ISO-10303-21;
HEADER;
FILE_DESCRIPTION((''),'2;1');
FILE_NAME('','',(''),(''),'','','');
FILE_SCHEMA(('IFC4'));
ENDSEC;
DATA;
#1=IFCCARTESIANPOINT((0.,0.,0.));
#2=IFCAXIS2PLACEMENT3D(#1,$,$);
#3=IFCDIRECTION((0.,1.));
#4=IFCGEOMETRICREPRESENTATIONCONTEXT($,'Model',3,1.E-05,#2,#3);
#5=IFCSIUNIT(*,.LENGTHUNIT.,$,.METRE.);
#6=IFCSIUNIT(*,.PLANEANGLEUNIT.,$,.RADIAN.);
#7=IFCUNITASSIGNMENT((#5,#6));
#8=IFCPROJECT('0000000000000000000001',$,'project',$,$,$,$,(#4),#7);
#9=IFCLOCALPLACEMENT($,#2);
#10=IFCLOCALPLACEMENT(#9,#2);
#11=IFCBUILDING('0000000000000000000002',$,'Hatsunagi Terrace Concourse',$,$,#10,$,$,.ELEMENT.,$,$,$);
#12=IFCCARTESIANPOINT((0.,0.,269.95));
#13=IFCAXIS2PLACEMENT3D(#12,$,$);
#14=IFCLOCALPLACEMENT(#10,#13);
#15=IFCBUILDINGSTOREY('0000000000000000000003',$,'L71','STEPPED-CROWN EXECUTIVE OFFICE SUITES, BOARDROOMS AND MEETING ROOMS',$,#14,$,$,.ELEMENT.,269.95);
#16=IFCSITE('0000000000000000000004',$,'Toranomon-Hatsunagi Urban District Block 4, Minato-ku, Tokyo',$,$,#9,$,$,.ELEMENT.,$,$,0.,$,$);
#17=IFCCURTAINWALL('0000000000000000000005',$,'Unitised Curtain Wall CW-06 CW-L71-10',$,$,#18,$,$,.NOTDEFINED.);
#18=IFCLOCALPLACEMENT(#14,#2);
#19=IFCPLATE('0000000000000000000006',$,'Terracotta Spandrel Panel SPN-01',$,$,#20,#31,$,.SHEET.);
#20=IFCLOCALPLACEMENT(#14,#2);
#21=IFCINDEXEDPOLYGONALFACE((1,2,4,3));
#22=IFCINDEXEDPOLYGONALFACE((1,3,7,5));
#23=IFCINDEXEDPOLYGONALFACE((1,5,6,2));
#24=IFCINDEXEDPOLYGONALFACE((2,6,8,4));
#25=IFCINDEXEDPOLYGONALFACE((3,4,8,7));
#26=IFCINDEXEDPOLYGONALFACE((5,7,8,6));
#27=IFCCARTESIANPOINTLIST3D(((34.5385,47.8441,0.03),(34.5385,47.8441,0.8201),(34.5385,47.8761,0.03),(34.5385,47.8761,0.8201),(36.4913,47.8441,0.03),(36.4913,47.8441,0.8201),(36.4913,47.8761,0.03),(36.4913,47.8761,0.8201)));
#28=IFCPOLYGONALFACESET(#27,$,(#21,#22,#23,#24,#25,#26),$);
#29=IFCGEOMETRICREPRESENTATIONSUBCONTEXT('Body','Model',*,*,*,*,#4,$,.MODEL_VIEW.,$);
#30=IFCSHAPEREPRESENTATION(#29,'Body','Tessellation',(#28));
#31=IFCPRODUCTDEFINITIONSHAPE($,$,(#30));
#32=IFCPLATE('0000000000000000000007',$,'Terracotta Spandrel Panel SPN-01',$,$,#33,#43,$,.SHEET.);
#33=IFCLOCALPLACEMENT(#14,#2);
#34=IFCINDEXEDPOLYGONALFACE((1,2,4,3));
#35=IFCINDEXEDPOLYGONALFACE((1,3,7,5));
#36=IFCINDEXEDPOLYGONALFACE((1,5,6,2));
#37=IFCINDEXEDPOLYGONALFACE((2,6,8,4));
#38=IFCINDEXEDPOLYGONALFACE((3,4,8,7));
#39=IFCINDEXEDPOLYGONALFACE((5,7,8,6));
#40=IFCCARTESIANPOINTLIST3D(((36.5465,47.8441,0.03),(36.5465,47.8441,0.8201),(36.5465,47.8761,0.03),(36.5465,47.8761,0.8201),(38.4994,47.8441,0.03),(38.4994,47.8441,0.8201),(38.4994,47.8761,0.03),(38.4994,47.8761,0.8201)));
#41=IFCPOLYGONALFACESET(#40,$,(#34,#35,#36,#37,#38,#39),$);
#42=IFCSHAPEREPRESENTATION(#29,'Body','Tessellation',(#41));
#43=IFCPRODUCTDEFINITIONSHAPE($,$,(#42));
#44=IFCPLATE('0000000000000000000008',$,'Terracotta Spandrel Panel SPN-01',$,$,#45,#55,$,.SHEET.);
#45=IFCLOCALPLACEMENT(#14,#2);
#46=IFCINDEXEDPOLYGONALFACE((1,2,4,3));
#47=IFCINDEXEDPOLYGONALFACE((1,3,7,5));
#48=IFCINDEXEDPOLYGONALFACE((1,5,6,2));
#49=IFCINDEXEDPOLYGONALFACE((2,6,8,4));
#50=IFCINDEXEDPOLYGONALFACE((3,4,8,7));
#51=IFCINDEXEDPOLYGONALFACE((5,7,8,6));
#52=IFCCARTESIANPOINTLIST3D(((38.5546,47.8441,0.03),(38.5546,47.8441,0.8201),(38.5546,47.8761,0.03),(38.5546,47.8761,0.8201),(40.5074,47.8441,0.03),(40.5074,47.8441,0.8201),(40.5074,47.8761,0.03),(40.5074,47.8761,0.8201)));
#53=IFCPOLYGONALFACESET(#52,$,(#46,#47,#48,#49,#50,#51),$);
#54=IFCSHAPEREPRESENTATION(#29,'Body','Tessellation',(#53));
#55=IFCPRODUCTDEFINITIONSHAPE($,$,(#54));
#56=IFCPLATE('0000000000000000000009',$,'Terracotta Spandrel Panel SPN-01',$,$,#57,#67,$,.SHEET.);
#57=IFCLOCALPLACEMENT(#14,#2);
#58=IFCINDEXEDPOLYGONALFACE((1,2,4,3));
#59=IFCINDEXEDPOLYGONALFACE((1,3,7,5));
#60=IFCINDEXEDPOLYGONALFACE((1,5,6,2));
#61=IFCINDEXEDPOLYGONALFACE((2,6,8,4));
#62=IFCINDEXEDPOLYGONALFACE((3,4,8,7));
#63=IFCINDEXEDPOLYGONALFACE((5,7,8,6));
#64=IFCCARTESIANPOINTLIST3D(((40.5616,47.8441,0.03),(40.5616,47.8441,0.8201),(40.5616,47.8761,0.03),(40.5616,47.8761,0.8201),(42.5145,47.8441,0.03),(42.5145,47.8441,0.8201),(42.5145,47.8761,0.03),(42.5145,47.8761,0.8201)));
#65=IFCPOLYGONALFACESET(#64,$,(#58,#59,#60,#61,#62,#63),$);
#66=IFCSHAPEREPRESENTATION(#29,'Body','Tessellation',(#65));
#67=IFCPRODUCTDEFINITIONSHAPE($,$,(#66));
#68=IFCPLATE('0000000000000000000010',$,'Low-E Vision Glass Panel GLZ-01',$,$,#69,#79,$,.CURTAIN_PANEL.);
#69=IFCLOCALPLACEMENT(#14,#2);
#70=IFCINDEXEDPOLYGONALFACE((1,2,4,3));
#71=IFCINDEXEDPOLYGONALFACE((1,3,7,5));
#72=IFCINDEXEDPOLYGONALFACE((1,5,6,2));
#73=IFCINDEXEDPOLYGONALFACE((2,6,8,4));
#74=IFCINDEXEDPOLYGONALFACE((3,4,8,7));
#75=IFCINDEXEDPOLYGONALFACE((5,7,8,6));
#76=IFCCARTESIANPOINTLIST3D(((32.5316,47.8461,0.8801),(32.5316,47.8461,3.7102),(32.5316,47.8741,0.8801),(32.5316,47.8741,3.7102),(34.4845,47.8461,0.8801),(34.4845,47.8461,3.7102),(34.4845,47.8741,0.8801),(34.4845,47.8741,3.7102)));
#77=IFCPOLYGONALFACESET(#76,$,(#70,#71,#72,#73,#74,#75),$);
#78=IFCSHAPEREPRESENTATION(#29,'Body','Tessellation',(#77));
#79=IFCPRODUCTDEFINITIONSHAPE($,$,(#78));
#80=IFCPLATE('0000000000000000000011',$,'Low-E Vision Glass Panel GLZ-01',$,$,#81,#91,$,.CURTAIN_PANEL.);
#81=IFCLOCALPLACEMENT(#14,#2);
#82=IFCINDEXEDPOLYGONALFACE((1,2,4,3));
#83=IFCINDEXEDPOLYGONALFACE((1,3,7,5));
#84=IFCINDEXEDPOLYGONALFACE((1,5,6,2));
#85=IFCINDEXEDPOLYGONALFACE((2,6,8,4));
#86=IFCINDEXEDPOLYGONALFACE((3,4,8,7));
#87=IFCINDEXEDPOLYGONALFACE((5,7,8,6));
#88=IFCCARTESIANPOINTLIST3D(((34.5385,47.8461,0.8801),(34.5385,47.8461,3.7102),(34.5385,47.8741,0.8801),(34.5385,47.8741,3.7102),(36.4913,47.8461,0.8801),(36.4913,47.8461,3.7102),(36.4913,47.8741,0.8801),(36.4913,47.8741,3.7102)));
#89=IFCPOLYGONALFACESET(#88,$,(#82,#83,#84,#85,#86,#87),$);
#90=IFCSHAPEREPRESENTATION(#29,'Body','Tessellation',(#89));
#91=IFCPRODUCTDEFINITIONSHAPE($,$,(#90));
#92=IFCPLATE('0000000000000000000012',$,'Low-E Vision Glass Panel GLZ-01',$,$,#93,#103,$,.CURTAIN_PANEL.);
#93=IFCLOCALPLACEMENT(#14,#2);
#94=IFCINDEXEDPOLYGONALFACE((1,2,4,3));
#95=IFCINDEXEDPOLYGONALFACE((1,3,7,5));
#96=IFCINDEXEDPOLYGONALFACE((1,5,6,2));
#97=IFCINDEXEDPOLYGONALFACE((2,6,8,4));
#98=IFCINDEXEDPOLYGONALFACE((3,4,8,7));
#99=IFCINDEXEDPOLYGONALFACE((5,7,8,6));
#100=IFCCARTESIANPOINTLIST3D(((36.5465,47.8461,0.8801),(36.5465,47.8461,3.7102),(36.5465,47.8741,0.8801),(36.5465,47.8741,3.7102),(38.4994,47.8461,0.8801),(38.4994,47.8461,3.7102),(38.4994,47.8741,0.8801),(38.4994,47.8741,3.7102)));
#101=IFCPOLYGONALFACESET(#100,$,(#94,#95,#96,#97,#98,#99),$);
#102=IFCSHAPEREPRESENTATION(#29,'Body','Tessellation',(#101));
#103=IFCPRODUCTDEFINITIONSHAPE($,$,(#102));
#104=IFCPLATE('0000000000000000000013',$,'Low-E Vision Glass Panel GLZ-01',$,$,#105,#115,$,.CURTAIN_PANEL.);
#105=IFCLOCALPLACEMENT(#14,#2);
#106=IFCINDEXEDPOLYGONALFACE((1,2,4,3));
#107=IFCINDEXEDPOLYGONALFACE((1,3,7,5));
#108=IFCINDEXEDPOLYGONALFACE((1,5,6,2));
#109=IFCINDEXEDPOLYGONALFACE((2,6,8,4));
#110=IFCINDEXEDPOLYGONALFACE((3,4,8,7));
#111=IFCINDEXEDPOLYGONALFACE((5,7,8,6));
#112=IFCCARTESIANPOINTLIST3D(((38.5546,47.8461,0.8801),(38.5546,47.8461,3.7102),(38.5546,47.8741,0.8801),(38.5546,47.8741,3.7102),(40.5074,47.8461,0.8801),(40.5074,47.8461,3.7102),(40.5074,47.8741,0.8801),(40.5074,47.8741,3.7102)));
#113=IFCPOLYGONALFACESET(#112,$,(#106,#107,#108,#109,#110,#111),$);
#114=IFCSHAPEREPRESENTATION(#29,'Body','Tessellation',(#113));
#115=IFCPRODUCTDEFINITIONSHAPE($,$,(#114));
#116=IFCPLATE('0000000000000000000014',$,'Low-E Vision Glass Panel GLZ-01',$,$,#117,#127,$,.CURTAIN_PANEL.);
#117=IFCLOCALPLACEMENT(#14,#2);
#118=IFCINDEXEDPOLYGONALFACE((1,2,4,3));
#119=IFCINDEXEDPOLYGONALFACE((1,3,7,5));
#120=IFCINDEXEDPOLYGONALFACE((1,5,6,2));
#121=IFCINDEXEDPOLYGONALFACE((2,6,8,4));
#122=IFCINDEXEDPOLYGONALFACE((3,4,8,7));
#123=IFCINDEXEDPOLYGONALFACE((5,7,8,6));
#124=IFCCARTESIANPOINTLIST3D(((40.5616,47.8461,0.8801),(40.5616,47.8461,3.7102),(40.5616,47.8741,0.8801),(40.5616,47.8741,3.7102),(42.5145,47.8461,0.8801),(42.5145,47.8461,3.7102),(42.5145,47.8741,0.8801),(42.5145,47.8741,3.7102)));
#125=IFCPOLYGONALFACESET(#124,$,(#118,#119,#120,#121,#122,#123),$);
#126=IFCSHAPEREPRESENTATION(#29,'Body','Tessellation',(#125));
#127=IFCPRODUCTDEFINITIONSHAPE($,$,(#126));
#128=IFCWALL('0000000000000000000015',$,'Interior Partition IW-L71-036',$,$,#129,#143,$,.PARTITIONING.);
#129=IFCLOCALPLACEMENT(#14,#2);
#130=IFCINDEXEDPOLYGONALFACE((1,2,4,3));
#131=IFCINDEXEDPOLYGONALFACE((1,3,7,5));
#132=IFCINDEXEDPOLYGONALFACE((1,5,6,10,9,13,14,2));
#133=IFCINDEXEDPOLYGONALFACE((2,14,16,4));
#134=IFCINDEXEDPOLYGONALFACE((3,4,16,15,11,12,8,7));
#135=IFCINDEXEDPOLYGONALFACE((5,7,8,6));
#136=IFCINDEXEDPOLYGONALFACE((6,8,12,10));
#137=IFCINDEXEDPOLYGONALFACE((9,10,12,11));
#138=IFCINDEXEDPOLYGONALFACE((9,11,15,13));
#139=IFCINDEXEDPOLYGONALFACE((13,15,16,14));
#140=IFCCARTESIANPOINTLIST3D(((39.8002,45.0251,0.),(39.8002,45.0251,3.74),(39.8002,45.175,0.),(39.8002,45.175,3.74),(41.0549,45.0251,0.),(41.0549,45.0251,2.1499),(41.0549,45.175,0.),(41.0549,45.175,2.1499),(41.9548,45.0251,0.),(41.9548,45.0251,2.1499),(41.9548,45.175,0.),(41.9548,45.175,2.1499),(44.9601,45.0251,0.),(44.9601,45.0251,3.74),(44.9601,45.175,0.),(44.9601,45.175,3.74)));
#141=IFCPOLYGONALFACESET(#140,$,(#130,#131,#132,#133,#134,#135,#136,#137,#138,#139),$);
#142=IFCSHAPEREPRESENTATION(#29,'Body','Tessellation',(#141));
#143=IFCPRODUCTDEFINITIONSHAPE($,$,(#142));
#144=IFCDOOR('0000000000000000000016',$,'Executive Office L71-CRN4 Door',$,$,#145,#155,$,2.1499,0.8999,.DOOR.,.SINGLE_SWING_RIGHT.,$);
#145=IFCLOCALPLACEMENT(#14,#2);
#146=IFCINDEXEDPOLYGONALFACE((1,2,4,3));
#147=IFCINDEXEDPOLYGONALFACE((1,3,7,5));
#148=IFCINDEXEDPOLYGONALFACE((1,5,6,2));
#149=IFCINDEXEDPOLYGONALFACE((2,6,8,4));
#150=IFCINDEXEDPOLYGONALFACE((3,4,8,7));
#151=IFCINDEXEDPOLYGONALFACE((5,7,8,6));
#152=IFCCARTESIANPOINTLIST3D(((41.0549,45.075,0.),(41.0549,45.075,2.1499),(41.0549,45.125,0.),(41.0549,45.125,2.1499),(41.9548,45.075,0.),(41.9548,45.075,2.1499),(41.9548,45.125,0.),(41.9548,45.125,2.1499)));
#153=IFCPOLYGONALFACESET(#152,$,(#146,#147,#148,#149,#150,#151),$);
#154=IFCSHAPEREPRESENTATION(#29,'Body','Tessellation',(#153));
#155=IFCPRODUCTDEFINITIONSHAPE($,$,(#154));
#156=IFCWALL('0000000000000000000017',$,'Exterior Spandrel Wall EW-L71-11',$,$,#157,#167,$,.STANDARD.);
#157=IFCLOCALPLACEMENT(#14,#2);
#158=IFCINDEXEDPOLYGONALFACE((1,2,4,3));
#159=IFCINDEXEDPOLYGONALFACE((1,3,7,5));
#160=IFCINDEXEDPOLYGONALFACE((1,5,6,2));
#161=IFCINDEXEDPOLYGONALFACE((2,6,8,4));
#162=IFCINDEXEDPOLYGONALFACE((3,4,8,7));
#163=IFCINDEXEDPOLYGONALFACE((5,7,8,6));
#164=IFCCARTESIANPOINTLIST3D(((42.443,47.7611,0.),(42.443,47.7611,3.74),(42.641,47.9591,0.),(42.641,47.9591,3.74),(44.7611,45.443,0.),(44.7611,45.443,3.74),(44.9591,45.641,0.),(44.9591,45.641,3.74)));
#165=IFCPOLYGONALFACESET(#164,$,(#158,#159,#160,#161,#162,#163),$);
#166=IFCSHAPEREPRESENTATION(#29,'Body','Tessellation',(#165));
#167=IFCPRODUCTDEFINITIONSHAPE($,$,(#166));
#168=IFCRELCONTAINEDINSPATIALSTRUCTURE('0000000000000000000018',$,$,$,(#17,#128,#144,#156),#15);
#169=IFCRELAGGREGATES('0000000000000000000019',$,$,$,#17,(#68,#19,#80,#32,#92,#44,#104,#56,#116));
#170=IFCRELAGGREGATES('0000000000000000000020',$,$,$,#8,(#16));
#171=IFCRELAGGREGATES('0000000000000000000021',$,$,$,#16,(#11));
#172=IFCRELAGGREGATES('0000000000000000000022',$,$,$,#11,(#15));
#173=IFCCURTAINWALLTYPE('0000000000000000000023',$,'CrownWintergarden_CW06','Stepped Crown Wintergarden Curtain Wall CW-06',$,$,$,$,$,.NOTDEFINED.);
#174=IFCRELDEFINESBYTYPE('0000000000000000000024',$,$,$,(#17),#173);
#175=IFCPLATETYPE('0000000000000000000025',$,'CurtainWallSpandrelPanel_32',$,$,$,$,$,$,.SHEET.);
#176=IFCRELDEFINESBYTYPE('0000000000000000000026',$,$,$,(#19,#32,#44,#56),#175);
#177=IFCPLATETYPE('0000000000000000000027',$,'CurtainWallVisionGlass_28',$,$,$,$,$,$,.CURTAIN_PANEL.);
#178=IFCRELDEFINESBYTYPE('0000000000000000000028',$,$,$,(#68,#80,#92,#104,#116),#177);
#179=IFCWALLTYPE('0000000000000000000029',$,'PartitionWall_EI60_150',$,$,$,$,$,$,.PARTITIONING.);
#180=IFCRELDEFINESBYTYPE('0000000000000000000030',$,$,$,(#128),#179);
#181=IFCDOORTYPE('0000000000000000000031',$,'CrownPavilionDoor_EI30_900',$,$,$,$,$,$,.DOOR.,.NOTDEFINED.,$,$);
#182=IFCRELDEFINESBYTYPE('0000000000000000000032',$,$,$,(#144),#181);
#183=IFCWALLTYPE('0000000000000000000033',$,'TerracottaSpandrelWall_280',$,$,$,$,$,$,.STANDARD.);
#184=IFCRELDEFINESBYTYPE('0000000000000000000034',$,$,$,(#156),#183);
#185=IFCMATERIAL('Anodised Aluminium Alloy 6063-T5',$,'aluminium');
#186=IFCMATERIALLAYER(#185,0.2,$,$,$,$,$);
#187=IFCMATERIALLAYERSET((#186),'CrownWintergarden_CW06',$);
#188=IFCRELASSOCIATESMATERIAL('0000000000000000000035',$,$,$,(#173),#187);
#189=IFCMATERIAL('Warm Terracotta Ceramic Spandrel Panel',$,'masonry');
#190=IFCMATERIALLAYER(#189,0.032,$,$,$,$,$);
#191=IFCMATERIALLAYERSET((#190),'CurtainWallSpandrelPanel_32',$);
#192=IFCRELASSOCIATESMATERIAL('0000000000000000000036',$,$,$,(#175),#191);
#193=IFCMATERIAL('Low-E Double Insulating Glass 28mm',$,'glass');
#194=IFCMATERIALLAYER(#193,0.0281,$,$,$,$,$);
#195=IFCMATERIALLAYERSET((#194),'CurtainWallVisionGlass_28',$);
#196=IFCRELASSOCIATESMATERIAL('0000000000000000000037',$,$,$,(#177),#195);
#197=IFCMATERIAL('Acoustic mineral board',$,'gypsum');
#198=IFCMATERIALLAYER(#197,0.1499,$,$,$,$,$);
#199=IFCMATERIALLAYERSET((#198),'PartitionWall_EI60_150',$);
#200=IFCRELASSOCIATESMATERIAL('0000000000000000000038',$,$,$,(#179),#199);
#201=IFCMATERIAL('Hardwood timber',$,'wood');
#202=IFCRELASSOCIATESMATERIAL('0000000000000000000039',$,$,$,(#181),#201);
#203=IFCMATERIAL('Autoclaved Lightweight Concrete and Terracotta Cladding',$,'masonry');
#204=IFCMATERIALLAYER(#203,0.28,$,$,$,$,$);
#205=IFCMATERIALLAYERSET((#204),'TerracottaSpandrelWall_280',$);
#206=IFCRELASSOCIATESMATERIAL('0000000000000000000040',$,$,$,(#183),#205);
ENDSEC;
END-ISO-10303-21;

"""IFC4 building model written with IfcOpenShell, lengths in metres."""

from ifc_helpers import new_model, si_unit, direction, frame, frame_2d, origin, origin_2d, place, context, subcontext, project, spatial, rectangle, extrude, material, layer, layer_set, type_object, element, fill, aggregate, save


model = new_model("IFC4")

# Units and contexts
model_context = context("Model", 3, precision=1e-05, world=origin(), true_north=direction((0.0, 1.0)))
body_context = subcontext(model_context, "Body", "Model", "MODEL_VIEW")
ifc_project = project(units=[si_unit("LENGTHUNIT", "METRE"), si_unit("PLANEANGLEUNIT", "RADIAN")], contexts=[model_context])

# Site, building, storey
site_placement = place(None, origin())
site = spatial("IfcSite", under=ifc_project, at=site_placement, Name="Toranomon-Hatsunagi Urban District Block 4, Minato-ku, Tokyo", CompositionType="ELEMENT", RefElevation=0.0)
building_placement = place(site_placement, origin())
building = spatial("IfcBuilding", under=site, at=building_placement, Name="Hatsunagi Terrace Concourse", CompositionType="ELEMENT")
storey_placement = place(building_placement, frame((0.0, 0.0, 269.95)))
storey = spatial("IfcBuildingStorey", under=building, at=storey_placement, Name="L71", Description="STEPPED-CROWN EXECUTIVE OFFICE SUITES, BOARDROOMS AND MEETING ROOMS", CompositionType="ELEMENT", Elevation=269.95)

# Curtain wall
ifc_material_1 = material(Name="Anodised Aluminium Alloy 6063-T5", Category="aluminium")
ifc_layer_1 = layer(ifc_material_1, 0.2)
ifc_layer_set_1 = layer_set([ifc_layer_1], Name="CrownWintergarden_CW06")
curtain_wall_type = type_object("IfcCurtainWallType", Name="CrownWintergarden_CW06", Description="Stepped Crown Wintergarden Curtain Wall CW-06", PredefinedType="NOTDEFINED", material=ifc_layer_set_1)
curtain_wall_placement = place(storey_placement, origin())
curtain_wall = element("IfcCurtainWall", 1, at=curtain_wall_placement, inside=storey, type_object=curtain_wall_type, Name="Unitised Curtain Wall CW-06 CW-L71-10", PredefinedType="NOTDEFINED")

# Plates
ifc_material_2 = material(Name="Warm Terracotta Ceramic Spandrel Panel", Category="masonry")
ifc_layer_2 = layer(ifc_material_2, 0.032)
ifc_layer_set_2 = layer_set([ifc_layer_2], Name="CurtainWallSpandrelPanel_32")
plate_type_1 = type_object("IfcPlateType", Name="CurtainWallSpandrelPanel_32", PredefinedType="SHEET", material=ifc_layer_set_2)
plate_1_placement = place(storey_placement, frame((35.5149, 47.8601, 0.03), z_axis=(0.0, 0.0, 1.0), x_axis=(1.0, 0.0, 0.0)))
plate_1 = element("IfcPlate", 2, at=plate_1_placement, type_object=plate_type_1, Name="Terracotta Spandrel Panel SPN-01", PredefinedType="SHEET", context=body_context, shape_type="SweptSolid", body=[
    extrude(rectangle(XDim=1.9529, YDim=0.032, at=origin_2d()), origin(), (0.0, 0.0, 1.0), 0.79),
])
plate_2_placement = place(storey_placement, frame((37.5229, 47.8601, 0.03), z_axis=(0.0, 0.0, 1.0), x_axis=(1.0, 0.0, 0.0)))
plate_2 = element("IfcPlate", 3, at=plate_2_placement, type_object=plate_type_1, Name="Terracotta Spandrel Panel SPN-01", PredefinedType="SHEET", context=body_context, shape_type="SweptSolid", body=[
    extrude(rectangle(XDim=1.9529, YDim=0.032, at=origin_2d()), origin(), (0.0, 0.0, 1.0), 0.79),
])
plate_3_placement = place(storey_placement, frame((39.531, 47.8601, 0.03), z_axis=(0.0, 0.0, 1.0), x_axis=(1.0, 0.0, 0.0)))
plate_3 = element("IfcPlate", 4, at=plate_3_placement, type_object=plate_type_1, Name="Terracotta Spandrel Panel SPN-01", PredefinedType="SHEET", context=body_context, shape_type="SweptSolid", body=[
    extrude(rectangle(XDim=1.9529, YDim=0.032, at=origin_2d()), origin(), (0.0, 0.0, 1.0), 0.79),
])
plate_4_placement = place(storey_placement, frame((41.5381, 47.8601, 0.03), z_axis=(0.0, 0.0, 1.0), x_axis=(1.0, 0.0, 0.0)))
plate_4 = element("IfcPlate", 5, at=plate_4_placement, type_object=plate_type_1, Name="Terracotta Spandrel Panel SPN-01", PredefinedType="SHEET", context=body_context, shape_type="SweptSolid", body=[
    extrude(rectangle(XDim=1.9529, YDim=0.032, at=origin_2d()), origin(), (0.0, 0.0, 1.0), 0.79),
])
ifc_material_3 = material(Name="Low-E Double Insulating Glass 28mm", Category="glass")
ifc_layer_3 = layer(ifc_material_3, 0.0281)
ifc_layer_set_3 = layer_set([ifc_layer_3], Name="CurtainWallVisionGlass_28")
plate_type_2 = type_object("IfcPlateType", Name="CurtainWallVisionGlass_28", PredefinedType="CURTAIN_PANEL", material=ifc_layer_set_3)
plate_5_placement = place(storey_placement, frame((33.5081, 47.8601, 0.8801), z_axis=(0.0, 0.0, 1.0), x_axis=(1.0, 0.0, 0.0)))
plate_5 = element("IfcPlate", 6, at=plate_5_placement, type_object=plate_type_2, Name="Low-E Vision Glass Panel GLZ-01", PredefinedType="CURTAIN_PANEL", context=body_context, shape_type="SweptSolid", body=[
    extrude(rectangle(XDim=1.9529, YDim=0.0281, at=origin_2d()), origin(), (0.0, 0.0, 1.0), 2.8301),
])
plate_6_placement = place(storey_placement, frame((35.5149, 47.8601, 0.8801), z_axis=(0.0, 0.0, 1.0), x_axis=(1.0, 0.0, 0.0)))
plate_6 = element("IfcPlate", 7, at=plate_6_placement, type_object=plate_type_2, Name="Low-E Vision Glass Panel GLZ-01", PredefinedType="CURTAIN_PANEL", context=body_context, shape_type="SweptSolid", body=[
    extrude(rectangle(XDim=1.9529, YDim=0.0281, at=origin_2d()), origin(), (0.0, 0.0, 1.0), 2.8301),
])
plate_7_placement = place(storey_placement, frame((37.5229, 47.8601, 0.8801), z_axis=(0.0, 0.0, 1.0), x_axis=(1.0, 0.0, 0.0)))
plate_7 = element("IfcPlate", 8, at=plate_7_placement, type_object=plate_type_2, Name="Low-E Vision Glass Panel GLZ-01", PredefinedType="CURTAIN_PANEL", context=body_context, shape_type="SweptSolid", body=[
    extrude(rectangle(XDim=1.9529, YDim=0.0281, at=origin_2d()), origin(), (0.0, 0.0, 1.0), 2.8301),
])
plate_8_placement = place(storey_placement, frame((39.531, 47.8601, 0.8801), z_axis=(0.0, 0.0, 1.0), x_axis=(1.0, 0.0, 0.0)))
plate_8 = element("IfcPlate", 9, at=plate_8_placement, type_object=plate_type_2, Name="Low-E Vision Glass Panel GLZ-01", PredefinedType="CURTAIN_PANEL", context=body_context, shape_type="SweptSolid", body=[
    extrude(rectangle(XDim=1.9529, YDim=0.0281, at=origin_2d()), origin(), (0.0, 0.0, 1.0), 2.8301),
])
plate_9_placement = place(storey_placement, frame((41.5381, 47.8601, 0.8801), z_axis=(0.0, 0.0, 1.0), x_axis=(1.0, 0.0, 0.0)))
plate_9 = element("IfcPlate", 10, at=plate_9_placement, type_object=plate_type_2, Name="Low-E Vision Glass Panel GLZ-01", PredefinedType="CURTAIN_PANEL", context=body_context, shape_type="SweptSolid", body=[
    extrude(rectangle(XDim=1.9529, YDim=0.0281, at=origin_2d()), origin(), (0.0, 0.0, 1.0), 2.8301),
])
aggregate(curtain_wall, [plate_5, plate_1, plate_6, plate_2, plate_7, plate_3, plate_8, plate_4, plate_9])

# Wall, opening, door
ifc_material_4 = material(Name="Acoustic mineral board", Category="gypsum")
ifc_layer_4 = layer(ifc_material_4, 0.1499)
ifc_layer_set_4 = layer_set([ifc_layer_4], Name="PartitionWall_EI60_150")
wall_type_1 = type_object("IfcWallType", Name="PartitionWall_EI60_150", PredefinedType="PARTITIONING", material=ifc_layer_set_4)
wall_1_placement = place(storey_placement, frame((39.8, 45.1001, 0.0), z_axis=(0.0, 0.0, 1.0), x_axis=(1.0, 0.0, 0.0)))
wall_1 = element("IfcWall", 11, at=wall_1_placement, inside=storey, type_object=wall_type_1, Name="Interior Partition IW-L71-036", PredefinedType="PARTITIONING", context=body_context, shape_type="SweptSolid", body=[
    extrude(rectangle(XDim=5.1599, YDim=0.1499, at=frame_2d((2.5801, 0.0))), origin(), (0.0, 0.0, 1.0), 3.74),
])
opening_placement = place(wall_1_placement, frame((1.2549, 0.0, 0.0)))
opening = element("IfcOpeningElement", 12, at=opening_placement, cuts=wall_1, PredefinedType="OPENING", context=body_context, shape_type="SweptSolid", body=[
    extrude(rectangle(XDim=0.8999, YDim=2.1499, at=frame_2d((0.45, 1.075))), frame((0.0, 0.085, 0.0), z_axis=(0.0, -1.0, 0.0), x_axis=(1.0, 0.0, 0.0)), (0.0, 0.0, 1.0), 0.1699),
])
ifc_material_5 = material(Name="Hardwood timber", Category="wood")
door_type = type_object("IfcDoorType", Name="CrownPavilionDoor_EI30_900", OperationType="NOTDEFINED", PredefinedType="DOOR", material=ifc_material_5)
door_placement = place(opening_placement, origin())
door = element("IfcDoor", 13, at=door_placement, inside=storey, type_object=door_type, Name="Executive Office L71-CRN4 Door", OperationType="SINGLE_SWING_RIGHT", OverallHeight=2.1499, OverallWidth=0.8999, PredefinedType="DOOR", context=body_context, shape_type="SweptSolid", body=[
    extrude(rectangle(XDim=0.8999, YDim=2.1499, at=frame_2d((0.45, 1.075))), frame((0.0, 0.0249, 0.0), z_axis=(0.0, -1.0, 0.0), x_axis=(1.0, 0.0, 0.0)), (0.0, 0.0, 1.0), 0.05),
])
fill(opening, door)

# Wall
ifc_material_6 = material(Name="Autoclaved Lightweight Concrete and Terracotta Cladding", Category="masonry")
ifc_layer_5 = layer(ifc_material_6, 0.28)
ifc_layer_set_5 = layer_set([ifc_layer_5], Name="TerracottaSpandrelWall_280")
wall_type_2 = type_object("IfcWallType", Name="TerracottaSpandrelWall_280", PredefinedType="STANDARD", material=ifc_layer_set_5)
wall_2_placement = place(storey_placement, frame((42.542, 47.8601, 0.0), z_axis=(0.0, 0.0, 1.0), x_axis=(0.707107, -0.707107, 0.0)))
element("IfcWall", 14, at=wall_2_placement, inside=storey, type_object=wall_type_2, Name="Exterior Spandrel Wall EW-L71-11", PredefinedType="STANDARD", context=body_context, shape_type="SweptSolid", body=[
    extrude(rectangle(XDim=3.2783, YDim=0.28, at=frame_2d((1.6392, 0.0))), origin(), (0.0, 0.0, 1.0), 3.74),
])

save(model, "model.ifc")
